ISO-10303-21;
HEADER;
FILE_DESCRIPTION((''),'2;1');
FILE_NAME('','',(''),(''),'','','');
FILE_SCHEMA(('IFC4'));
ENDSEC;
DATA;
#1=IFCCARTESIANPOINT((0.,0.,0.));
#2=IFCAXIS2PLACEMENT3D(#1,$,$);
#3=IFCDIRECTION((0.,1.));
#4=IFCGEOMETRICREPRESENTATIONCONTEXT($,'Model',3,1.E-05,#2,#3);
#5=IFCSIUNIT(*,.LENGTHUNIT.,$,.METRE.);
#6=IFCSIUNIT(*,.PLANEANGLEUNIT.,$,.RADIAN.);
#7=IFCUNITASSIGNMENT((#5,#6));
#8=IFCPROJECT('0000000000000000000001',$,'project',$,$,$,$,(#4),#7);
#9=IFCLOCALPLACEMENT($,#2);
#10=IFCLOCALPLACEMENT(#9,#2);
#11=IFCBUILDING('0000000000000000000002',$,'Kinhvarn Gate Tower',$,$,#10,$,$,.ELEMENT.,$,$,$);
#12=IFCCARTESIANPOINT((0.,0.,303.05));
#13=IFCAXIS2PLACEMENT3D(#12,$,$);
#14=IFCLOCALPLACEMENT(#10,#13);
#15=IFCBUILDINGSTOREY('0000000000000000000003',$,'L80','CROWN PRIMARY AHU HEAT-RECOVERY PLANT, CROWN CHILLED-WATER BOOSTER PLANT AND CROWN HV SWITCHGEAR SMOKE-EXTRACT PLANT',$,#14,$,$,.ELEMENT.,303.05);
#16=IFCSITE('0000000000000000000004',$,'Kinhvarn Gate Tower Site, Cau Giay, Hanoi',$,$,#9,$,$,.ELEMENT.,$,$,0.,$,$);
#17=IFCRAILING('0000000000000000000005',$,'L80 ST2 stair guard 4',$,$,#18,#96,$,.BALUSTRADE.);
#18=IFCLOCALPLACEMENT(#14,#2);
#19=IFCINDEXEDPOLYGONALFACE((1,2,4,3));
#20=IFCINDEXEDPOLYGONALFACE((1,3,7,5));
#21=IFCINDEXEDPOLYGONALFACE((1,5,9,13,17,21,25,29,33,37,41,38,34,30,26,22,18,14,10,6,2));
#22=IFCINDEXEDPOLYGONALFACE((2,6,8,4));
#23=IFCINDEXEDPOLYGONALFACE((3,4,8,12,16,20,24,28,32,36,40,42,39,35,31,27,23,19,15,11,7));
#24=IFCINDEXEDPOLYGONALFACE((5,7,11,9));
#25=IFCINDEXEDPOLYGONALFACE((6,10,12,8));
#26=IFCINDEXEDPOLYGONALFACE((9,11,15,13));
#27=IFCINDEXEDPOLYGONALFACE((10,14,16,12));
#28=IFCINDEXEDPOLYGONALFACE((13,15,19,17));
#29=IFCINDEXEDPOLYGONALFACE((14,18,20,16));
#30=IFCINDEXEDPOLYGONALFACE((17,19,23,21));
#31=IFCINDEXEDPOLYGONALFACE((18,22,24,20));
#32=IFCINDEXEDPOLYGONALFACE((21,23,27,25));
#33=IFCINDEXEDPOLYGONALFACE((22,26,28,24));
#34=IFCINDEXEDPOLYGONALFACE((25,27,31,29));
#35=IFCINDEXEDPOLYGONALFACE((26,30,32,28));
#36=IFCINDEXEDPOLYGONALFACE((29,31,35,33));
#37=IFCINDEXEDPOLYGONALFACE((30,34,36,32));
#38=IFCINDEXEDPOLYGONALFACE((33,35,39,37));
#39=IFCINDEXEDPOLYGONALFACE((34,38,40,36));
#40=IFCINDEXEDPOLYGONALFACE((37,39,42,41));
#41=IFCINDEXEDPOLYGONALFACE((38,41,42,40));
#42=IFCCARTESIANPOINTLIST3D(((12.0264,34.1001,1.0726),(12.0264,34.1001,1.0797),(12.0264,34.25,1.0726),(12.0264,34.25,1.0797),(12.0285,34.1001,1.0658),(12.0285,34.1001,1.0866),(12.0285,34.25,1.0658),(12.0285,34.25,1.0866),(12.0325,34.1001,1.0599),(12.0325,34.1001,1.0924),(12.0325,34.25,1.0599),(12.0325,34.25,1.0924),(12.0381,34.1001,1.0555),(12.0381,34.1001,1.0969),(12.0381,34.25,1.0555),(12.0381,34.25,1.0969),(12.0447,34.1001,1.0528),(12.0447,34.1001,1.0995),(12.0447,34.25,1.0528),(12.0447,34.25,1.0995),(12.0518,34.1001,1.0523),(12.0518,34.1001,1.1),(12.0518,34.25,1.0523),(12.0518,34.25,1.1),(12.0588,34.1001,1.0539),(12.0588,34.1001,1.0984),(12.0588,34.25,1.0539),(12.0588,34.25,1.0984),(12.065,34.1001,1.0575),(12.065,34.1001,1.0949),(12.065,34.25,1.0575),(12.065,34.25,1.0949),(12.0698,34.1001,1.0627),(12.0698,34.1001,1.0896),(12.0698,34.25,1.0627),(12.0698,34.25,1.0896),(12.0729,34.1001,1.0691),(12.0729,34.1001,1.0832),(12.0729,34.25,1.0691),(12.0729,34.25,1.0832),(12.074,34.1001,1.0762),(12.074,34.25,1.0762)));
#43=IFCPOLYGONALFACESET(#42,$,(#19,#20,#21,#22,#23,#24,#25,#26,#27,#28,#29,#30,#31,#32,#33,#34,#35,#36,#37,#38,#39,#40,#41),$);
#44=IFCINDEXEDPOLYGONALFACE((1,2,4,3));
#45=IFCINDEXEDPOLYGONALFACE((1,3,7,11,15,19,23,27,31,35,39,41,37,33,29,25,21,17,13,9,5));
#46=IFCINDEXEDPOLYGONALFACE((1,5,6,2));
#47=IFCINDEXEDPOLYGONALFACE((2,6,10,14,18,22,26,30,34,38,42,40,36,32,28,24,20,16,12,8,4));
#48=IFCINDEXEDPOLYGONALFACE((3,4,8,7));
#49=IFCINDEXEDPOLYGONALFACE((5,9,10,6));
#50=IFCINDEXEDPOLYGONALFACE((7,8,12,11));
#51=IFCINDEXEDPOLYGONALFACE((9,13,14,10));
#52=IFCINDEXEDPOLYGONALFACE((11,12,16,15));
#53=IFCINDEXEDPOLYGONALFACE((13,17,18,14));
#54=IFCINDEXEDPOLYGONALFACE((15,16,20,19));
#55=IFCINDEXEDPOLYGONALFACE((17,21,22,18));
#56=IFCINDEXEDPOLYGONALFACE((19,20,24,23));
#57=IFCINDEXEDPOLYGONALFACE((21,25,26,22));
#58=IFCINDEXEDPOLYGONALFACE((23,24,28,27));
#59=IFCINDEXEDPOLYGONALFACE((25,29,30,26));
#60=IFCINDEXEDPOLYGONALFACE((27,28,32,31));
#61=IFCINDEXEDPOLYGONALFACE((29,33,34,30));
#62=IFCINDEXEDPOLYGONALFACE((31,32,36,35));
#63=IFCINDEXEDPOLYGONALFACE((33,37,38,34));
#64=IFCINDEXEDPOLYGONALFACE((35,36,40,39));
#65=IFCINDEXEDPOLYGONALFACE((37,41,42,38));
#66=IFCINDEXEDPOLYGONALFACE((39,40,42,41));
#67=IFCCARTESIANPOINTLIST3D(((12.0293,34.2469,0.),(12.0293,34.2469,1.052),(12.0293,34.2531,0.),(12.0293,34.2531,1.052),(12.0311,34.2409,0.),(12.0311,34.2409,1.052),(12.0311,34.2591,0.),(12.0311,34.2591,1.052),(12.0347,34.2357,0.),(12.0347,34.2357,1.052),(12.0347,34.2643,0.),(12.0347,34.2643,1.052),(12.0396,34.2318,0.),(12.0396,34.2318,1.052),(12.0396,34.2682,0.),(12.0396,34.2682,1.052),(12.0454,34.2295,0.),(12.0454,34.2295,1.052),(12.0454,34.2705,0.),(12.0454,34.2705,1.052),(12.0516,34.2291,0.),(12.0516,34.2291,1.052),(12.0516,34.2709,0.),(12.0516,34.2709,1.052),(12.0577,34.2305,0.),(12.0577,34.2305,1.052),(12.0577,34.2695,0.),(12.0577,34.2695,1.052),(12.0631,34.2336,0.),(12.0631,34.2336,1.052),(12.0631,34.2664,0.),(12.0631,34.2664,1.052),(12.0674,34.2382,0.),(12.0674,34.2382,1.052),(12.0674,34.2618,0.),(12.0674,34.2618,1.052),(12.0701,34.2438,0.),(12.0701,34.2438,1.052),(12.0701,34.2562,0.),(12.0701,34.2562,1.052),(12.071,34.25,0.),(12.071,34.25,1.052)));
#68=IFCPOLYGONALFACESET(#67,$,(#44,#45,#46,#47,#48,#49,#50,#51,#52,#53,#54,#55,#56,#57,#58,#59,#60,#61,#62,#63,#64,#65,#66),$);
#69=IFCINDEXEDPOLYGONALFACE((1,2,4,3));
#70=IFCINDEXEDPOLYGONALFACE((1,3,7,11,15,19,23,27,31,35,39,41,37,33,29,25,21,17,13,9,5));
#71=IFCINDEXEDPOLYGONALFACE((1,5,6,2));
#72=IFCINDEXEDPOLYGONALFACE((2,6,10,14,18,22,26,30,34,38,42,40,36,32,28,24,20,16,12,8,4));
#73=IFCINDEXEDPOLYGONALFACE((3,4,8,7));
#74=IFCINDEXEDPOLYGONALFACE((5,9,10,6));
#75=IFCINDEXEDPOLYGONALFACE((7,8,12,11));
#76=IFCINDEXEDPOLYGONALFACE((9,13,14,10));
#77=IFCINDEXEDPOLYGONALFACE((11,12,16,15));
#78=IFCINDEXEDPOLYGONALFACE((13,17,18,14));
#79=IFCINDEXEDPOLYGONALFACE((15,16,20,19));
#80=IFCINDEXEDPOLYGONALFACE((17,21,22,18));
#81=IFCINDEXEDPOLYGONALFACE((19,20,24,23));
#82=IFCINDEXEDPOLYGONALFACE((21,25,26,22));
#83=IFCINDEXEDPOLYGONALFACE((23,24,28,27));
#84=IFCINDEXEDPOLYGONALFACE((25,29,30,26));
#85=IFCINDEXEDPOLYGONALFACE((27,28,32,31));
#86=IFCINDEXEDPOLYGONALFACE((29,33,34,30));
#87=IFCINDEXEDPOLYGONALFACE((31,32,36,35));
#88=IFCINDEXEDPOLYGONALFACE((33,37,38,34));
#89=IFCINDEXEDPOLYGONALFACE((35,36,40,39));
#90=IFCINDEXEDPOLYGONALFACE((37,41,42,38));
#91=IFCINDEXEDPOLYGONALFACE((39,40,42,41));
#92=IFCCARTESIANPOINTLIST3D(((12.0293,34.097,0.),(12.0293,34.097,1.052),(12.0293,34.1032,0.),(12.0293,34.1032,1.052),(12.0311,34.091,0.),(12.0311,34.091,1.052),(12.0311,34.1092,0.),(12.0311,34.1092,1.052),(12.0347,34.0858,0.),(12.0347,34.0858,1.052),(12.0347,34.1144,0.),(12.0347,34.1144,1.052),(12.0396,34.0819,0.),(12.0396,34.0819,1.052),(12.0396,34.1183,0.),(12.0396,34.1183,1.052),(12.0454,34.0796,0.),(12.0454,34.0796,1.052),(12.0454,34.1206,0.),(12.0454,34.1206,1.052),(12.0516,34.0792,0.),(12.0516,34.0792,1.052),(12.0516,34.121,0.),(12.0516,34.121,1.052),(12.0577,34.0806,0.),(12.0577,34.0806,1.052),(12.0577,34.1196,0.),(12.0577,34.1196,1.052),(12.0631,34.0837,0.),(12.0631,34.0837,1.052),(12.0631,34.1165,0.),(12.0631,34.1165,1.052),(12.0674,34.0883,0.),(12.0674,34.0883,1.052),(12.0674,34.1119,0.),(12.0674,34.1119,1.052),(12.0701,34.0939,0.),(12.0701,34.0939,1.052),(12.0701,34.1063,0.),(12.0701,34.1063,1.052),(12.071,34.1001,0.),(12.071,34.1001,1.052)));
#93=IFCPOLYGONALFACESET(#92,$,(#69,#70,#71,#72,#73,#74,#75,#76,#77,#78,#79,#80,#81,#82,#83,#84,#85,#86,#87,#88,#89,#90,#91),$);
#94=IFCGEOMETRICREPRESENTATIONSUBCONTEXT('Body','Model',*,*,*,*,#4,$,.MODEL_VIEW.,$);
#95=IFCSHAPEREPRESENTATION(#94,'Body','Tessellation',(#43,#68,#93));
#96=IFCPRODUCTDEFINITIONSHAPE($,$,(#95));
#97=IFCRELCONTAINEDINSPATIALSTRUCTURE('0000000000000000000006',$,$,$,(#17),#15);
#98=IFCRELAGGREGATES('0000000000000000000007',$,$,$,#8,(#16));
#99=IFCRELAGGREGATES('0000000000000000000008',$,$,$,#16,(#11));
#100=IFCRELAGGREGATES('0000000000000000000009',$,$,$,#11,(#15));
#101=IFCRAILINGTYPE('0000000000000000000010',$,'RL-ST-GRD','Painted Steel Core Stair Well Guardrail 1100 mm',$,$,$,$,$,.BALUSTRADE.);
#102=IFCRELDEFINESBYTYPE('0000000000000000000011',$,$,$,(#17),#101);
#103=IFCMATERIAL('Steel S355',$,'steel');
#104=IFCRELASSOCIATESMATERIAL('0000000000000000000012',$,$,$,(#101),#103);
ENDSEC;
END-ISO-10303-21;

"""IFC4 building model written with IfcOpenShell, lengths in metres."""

from ifc_helpers import new_model, si_unit, direction, frame, origin, origin_2d, place, context, subcontext, project, spatial, circle, extrude, material, type_object, element, save


model = new_model("IFC4")

# Units and contexts
model_context = context("Model", 3, precision=1e-05, world=origin(), true_north=direction((0.0, 1.0)))
body_context = subcontext(model_context, "Body", "Model", "MODEL_VIEW")
ifc_project = project(units=[si_unit("LENGTHUNIT", "METRE"), si_unit("PLANEANGLEUNIT", "RADIAN")], contexts=[model_context])

# Site, building, storey
site_placement = place(None, origin())
site = spatial("IfcSite", under=ifc_project, at=site_placement, Name="Kinhvarn Gate Tower Site, Cau Giay, Hanoi", CompositionType="ELEMENT", RefElevation=0.0)
building_placement = place(site_placement, origin())
building = spatial("IfcBuilding", under=site, at=building_placement, Name="Kinhvarn Gate Tower", CompositionType="ELEMENT")
storey_placement = place(building_placement, frame((0.0, 0.0, 303.05)))
storey = spatial("IfcBuildingStorey", under=building, at=storey_placement, Name="L80", Description="CROWN PRIMARY AHU HEAT-RECOVERY PLANT, CROWN CHILLED-WATER BOOSTER PLANT AND CROWN HV SWITCHGEAR SMOKE-EXTRACT PLANT", CompositionType="ELEMENT", Elevation=303.05)

# Shared definitions
ifc_material_1 = material(Name="Steel S355", Category="steel")

# Railing
railing_type_1 = type_object("IfcRailingType", Name="RL-ST-GRD", Description="Painted Steel Core Stair Well Guardrail 1100 mm", PredefinedType="BALUSTRADE", material=ifc_material_1)
railing_1_placement = place(storey_placement, frame((12.05, 34.25, 0.0)))
element("IfcRailing", 1, at=railing_1_placement, inside=storey, type_object=railing_type_1, Name="L80 ST2 stair guard 4", PredefinedType="BALUSTRADE", context=body_context, shape_type="SweptSolid", body=[
    extrude(circle(Radius=0.0239, at=origin_2d()), frame((0.0, 0.0, 1.0762), z_axis=(0.0, -1.0, 0.0), x_axis=(1.0, 0.0, 0.0)), (0.0, 0.0, 1.0), 0.1499),
    extrude(circle(Radius=0.021, at=origin_2d()), origin(), (0.0, 0.0, 1.0), 1.052),
    extrude(circle(Radius=0.021, at=origin_2d()), frame((0.0, -0.1499, 0.0)), (0.0, 0.0, 1.0), 1.052),
])

save(model, "model.ifc")
